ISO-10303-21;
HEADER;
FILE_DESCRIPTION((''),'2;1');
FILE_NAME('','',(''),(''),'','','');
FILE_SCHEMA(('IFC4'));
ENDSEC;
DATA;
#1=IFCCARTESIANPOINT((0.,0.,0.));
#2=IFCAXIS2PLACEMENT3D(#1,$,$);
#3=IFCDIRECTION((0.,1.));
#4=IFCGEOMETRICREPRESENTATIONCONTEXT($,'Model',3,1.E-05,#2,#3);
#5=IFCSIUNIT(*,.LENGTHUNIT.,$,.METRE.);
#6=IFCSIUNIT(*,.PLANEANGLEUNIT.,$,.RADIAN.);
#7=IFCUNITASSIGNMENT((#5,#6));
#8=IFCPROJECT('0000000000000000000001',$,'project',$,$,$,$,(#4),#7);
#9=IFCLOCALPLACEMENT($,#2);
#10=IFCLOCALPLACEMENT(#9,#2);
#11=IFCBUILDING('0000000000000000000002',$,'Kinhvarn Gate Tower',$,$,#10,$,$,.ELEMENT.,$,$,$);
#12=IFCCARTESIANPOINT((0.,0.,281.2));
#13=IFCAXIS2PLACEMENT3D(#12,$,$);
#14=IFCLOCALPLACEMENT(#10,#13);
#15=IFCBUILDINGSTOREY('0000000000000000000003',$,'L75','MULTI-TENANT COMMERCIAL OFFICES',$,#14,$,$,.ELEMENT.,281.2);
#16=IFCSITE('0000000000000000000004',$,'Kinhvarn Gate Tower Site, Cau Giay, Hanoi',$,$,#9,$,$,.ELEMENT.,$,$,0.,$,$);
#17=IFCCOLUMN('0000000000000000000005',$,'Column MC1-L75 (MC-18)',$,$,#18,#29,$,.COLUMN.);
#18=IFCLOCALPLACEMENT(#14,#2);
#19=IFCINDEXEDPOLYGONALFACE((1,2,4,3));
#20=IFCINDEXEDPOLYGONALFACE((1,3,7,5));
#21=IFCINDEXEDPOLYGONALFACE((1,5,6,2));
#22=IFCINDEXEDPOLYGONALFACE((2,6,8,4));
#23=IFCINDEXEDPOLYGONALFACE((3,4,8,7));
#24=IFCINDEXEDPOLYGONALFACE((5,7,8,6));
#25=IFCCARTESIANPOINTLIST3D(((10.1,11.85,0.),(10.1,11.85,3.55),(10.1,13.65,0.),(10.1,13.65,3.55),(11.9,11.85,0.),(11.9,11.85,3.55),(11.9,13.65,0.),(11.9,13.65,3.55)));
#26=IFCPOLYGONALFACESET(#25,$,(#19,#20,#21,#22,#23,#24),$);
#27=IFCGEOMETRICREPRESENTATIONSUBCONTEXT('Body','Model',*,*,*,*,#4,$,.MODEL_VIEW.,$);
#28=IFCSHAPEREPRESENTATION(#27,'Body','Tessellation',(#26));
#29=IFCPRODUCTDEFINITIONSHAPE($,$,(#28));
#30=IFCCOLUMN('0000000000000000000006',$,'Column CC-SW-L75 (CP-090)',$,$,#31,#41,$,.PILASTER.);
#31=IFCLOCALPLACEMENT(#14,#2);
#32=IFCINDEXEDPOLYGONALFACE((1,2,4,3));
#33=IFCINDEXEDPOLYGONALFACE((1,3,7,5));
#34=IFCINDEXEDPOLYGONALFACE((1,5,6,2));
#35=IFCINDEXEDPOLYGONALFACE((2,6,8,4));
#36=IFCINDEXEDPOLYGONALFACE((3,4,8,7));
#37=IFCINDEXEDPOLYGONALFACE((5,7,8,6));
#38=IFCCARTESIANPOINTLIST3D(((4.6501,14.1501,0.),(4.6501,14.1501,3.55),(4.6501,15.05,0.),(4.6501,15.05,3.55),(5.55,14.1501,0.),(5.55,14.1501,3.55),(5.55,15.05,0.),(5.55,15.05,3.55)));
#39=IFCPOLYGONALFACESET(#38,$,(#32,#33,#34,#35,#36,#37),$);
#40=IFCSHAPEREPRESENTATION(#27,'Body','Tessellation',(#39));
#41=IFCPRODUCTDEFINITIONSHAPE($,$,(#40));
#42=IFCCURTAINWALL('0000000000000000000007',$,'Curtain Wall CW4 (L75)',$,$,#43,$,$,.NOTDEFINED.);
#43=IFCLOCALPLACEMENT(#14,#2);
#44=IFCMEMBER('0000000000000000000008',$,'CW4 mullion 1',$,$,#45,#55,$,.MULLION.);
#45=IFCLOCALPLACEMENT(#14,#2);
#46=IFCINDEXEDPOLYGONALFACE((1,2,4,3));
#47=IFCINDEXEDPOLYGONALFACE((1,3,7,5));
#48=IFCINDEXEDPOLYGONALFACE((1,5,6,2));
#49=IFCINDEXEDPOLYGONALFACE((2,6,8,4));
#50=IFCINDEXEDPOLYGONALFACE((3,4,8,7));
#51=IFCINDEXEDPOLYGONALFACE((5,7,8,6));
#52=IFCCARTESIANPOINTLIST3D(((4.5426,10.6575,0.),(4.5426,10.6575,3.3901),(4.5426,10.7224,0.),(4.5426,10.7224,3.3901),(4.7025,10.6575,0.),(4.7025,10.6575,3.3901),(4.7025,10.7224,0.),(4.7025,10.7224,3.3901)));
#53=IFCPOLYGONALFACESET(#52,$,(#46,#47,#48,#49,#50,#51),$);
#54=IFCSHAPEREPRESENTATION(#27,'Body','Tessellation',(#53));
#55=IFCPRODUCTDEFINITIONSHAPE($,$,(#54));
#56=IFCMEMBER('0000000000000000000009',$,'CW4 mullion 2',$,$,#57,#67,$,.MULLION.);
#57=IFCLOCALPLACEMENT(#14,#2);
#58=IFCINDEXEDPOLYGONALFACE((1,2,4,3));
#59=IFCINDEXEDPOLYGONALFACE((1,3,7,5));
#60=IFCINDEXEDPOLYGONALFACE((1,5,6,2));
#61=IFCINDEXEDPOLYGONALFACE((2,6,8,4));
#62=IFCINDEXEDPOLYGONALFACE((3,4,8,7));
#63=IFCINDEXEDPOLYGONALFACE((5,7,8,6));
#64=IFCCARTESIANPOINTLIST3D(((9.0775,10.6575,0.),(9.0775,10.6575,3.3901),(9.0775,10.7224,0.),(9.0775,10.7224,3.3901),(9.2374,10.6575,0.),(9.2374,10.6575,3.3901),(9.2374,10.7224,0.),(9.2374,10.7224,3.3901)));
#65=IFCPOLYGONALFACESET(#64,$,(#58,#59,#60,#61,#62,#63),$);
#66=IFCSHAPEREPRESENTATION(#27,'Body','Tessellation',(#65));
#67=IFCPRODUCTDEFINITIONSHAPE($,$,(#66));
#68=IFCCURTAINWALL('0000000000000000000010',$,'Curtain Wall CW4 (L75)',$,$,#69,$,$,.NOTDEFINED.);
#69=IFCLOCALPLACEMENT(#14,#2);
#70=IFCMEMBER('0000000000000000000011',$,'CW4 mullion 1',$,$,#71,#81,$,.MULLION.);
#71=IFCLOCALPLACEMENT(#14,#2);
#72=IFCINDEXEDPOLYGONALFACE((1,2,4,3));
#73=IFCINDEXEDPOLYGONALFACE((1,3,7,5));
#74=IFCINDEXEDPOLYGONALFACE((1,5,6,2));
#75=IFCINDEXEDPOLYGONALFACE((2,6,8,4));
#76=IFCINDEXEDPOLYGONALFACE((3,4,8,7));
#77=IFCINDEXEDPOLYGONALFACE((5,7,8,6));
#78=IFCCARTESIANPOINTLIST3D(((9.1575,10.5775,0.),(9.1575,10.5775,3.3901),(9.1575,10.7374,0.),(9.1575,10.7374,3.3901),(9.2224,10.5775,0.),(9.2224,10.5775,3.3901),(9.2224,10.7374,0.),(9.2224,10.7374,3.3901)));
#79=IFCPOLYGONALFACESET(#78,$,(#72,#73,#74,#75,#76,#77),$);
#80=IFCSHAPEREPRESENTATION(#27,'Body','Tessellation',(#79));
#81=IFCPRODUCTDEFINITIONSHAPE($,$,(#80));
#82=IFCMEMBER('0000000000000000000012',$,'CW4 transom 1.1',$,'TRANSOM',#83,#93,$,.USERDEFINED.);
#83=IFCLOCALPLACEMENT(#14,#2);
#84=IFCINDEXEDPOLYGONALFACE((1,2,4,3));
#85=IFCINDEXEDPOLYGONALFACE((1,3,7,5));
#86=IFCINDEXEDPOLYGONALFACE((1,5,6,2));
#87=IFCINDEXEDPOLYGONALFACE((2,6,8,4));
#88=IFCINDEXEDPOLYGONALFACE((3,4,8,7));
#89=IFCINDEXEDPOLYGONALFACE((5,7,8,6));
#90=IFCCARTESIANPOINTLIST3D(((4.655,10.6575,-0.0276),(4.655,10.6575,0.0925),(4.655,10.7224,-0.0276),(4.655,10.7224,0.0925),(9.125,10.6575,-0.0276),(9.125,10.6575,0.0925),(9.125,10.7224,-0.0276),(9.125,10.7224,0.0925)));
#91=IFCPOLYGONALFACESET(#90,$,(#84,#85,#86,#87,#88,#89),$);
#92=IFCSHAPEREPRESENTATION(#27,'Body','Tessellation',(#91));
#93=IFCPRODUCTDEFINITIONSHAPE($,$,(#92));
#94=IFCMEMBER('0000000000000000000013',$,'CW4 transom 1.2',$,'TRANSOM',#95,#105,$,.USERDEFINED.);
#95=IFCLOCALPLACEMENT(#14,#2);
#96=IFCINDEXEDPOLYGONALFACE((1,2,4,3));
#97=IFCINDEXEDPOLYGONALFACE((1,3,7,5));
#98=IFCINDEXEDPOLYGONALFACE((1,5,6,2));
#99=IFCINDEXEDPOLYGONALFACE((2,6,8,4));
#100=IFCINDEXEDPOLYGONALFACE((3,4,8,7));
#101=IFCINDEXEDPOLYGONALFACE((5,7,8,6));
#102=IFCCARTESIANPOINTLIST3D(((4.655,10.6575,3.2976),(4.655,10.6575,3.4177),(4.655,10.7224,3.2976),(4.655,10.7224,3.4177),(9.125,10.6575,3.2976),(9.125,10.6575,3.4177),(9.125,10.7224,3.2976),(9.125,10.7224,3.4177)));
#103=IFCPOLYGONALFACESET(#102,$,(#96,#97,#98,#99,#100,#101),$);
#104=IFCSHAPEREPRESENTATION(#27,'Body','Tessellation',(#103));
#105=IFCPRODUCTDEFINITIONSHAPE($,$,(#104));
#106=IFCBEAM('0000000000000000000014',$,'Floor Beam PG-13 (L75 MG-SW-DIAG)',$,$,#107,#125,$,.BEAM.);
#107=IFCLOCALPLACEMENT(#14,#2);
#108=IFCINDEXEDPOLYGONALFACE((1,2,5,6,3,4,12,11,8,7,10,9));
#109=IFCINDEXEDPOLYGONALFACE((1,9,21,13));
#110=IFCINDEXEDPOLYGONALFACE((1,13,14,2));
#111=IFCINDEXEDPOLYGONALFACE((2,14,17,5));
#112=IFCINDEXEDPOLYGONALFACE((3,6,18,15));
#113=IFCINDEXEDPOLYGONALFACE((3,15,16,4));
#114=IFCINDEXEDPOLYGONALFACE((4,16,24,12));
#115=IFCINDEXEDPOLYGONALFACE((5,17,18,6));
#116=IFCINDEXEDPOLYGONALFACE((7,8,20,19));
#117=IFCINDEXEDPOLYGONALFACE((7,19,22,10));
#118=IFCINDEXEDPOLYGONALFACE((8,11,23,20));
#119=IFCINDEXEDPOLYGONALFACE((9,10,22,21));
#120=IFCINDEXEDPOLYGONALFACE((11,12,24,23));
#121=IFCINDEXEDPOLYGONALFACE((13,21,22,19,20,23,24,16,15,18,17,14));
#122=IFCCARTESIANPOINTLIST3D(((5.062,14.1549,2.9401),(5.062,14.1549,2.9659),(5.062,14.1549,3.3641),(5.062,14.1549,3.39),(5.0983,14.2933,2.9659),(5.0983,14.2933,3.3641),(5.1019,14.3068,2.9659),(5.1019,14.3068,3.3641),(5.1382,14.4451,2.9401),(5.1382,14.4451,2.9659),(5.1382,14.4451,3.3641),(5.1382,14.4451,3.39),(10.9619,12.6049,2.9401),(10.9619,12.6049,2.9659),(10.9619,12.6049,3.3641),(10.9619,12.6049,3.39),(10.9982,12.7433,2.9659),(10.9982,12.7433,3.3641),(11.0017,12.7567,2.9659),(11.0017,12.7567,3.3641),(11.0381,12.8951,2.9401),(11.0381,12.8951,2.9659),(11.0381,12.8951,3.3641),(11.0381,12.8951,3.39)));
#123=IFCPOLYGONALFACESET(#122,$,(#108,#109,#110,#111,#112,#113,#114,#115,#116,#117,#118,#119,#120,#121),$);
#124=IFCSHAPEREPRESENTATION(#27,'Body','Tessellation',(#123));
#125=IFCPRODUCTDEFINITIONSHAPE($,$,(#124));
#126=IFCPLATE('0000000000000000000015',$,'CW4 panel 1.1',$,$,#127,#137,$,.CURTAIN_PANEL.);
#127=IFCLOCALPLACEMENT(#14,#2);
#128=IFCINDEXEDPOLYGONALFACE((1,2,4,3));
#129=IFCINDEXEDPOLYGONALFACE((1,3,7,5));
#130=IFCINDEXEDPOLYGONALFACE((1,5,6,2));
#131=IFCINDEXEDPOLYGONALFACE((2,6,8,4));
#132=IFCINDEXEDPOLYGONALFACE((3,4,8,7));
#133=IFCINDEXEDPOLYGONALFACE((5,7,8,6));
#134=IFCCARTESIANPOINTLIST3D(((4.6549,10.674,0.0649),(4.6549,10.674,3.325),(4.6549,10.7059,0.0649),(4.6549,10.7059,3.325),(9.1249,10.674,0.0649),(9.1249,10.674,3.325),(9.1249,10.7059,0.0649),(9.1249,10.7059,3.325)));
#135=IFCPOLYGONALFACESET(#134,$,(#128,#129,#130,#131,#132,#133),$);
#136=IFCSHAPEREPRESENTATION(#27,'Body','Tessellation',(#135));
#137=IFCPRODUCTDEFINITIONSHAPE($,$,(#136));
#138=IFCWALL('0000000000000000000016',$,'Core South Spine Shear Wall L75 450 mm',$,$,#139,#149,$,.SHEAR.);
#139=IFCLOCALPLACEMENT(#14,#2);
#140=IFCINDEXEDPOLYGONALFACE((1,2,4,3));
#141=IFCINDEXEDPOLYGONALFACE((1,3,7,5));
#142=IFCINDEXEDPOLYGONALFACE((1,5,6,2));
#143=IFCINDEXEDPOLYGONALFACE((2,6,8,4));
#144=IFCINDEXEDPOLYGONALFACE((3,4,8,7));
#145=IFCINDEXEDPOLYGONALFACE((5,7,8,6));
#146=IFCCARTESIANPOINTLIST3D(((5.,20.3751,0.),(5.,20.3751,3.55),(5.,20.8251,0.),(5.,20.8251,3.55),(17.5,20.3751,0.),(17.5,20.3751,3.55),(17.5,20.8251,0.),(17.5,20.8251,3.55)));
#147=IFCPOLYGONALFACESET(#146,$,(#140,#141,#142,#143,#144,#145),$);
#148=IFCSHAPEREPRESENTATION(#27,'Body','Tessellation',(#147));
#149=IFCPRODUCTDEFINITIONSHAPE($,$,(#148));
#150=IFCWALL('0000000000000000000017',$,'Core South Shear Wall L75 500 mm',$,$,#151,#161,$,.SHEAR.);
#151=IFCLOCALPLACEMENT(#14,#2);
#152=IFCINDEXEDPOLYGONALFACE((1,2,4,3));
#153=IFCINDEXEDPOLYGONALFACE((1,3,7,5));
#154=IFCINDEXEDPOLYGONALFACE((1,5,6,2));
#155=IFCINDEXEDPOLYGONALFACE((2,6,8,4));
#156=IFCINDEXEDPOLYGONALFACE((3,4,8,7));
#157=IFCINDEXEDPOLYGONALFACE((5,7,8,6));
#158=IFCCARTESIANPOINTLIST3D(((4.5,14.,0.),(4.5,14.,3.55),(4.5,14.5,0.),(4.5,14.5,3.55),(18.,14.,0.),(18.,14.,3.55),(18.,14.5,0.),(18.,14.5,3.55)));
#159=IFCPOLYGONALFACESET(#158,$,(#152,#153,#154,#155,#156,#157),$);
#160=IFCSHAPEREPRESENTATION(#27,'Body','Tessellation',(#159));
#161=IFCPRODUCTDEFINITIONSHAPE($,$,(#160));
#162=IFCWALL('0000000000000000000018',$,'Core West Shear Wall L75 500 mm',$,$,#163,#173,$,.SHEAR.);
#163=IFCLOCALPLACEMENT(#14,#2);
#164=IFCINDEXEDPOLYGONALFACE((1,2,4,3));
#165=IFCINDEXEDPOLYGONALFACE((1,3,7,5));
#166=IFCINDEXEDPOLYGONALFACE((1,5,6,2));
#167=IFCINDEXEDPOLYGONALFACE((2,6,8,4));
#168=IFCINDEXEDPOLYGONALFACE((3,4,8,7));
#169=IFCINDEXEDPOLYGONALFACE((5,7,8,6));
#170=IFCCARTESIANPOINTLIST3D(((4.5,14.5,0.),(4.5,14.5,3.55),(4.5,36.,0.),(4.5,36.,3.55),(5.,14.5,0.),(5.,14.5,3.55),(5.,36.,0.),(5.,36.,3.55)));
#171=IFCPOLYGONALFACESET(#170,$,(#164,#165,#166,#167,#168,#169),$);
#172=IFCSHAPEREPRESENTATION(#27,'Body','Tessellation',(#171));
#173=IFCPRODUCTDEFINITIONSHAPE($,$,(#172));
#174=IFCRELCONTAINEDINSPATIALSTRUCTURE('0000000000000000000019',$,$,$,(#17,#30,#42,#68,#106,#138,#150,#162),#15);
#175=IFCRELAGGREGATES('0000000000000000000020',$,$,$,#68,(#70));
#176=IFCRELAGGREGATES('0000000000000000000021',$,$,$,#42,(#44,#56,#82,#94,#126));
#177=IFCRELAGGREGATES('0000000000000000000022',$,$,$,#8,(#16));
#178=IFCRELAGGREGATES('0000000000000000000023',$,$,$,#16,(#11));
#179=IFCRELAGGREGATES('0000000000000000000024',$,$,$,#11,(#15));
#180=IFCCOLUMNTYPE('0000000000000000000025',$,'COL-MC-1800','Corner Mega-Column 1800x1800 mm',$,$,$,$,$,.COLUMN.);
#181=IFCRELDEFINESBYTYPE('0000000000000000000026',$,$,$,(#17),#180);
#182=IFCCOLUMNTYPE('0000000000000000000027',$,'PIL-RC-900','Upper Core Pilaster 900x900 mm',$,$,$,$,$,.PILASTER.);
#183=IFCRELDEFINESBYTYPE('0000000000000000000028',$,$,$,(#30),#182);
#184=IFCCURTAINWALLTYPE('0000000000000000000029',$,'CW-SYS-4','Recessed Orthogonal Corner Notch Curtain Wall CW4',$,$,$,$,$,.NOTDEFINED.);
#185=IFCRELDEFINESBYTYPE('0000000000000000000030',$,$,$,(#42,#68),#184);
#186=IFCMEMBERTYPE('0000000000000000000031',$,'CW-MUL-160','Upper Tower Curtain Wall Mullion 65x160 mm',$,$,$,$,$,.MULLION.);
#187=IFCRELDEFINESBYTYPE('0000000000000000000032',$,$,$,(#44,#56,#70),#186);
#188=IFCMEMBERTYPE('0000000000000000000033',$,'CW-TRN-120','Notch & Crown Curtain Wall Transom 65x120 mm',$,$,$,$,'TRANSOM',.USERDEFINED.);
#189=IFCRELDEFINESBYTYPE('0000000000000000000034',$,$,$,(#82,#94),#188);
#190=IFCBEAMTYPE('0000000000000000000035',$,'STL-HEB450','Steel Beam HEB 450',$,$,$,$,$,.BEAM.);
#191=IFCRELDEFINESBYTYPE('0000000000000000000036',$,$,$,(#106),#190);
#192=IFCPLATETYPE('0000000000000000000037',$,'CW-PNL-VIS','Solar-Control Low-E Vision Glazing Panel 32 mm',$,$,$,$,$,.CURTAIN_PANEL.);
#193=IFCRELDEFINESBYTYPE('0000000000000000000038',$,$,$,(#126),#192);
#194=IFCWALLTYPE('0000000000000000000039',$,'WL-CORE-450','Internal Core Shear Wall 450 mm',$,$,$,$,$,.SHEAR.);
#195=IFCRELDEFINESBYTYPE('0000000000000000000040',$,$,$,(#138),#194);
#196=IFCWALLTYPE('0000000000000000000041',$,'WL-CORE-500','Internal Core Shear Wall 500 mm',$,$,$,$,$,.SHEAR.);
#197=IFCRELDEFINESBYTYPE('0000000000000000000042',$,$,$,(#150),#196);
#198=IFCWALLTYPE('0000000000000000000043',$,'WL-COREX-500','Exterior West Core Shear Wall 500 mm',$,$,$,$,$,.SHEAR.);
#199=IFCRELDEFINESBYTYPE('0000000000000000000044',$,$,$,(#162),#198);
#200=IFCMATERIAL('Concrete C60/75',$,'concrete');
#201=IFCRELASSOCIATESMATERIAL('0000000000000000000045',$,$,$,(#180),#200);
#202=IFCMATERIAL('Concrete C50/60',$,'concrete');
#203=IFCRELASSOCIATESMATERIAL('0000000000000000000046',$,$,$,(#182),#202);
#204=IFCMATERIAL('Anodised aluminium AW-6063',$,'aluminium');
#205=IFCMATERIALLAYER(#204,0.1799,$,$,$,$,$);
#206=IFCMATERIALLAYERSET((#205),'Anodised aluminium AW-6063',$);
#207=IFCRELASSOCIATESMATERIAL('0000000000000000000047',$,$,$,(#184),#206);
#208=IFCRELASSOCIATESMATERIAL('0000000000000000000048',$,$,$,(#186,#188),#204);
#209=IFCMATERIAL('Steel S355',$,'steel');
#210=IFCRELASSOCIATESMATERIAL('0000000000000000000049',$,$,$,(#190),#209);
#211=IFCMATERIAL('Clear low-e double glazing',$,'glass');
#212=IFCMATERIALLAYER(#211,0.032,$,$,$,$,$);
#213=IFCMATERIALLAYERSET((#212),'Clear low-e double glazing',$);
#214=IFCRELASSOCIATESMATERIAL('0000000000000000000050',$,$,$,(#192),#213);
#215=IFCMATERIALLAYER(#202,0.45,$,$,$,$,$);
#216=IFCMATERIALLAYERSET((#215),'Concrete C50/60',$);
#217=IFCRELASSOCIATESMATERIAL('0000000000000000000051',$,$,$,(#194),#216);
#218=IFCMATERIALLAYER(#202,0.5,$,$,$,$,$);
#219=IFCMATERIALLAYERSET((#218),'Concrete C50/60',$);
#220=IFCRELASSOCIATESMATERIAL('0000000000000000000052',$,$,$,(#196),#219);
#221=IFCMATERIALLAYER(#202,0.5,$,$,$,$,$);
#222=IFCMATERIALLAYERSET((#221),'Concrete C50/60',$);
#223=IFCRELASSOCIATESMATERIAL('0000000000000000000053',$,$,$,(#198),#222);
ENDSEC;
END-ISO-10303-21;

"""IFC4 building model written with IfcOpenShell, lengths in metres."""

from ifc_helpers import new_model, si_unit, direction, frame, frame_2d, origin, origin_2d, place, context, subcontext, project, spatial, rectangle, i_section, extrude, material, layer, layer_set, material_profile, profile_set, type_object, element, aggregate, save


model = new_model("IFC4")

# Units and contexts
model_context = context("Model", 3, precision=1e-05, world=origin(), true_north=direction((0.0, 1.0)))
body_context = subcontext(model_context, "Body", "Model", "MODEL_VIEW")
ifc_project = project(units=[si_unit("LENGTHUNIT", "METRE"), si_unit("PLANEANGLEUNIT", "RADIAN")], contexts=[model_context])

# Site, building, storey
site_placement = place(None, origin())
site = spatial("IfcSite", under=ifc_project, at=site_placement, Name="Kinhvarn Gate Tower Site, Cau Giay, Hanoi", CompositionType="ELEMENT", RefElevation=0.0)
building_placement = place(site_placement, origin())
building = spatial("IfcBuilding", under=site, at=building_placement, Name="Kinhvarn Gate Tower", CompositionType="ELEMENT")
storey_placement = place(building_placement, frame((0.0, 0.0, 281.2)))
storey = spatial("IfcBuildingStorey", under=building, at=storey_placement, Name="L75", Description="MULTI-TENANT COMMERCIAL OFFICES", CompositionType="ELEMENT", Elevation=281.2)

# Columns
ifc_material_1 = material(Name="Concrete C60/75", Category="concrete")
ifc_material_profile_1 = material_profile(ifc_material_1, rectangle(XDim=1.8, YDim=1.8, at=origin_2d()), Name="RC 1800x1800")
ifc_profile_set_1 = profile_set([ifc_material_profile_1], Name="Concrete C60/75")
column_type_1 = type_object("IfcColumnType", Name="COL-MC-1800", Description="Corner Mega-Column 1800x1800 mm", PredefinedType="COLUMN", material=ifc_profile_set_1)
column_1_placement = place(storey_placement, frame((11.0, 12.75, 0.0), z_axis=(0.0, 0.0, 1.0), x_axis=(1.0, 0.0, 0.0)))
element("IfcColumn", 1, at=column_1_placement, inside=storey, type_object=column_type_1, Name="Column MC1-L75 (MC-18)", PredefinedType="COLUMN", context=body_context, shape_type="SweptSolid", body=[
    extrude(rectangle(XDim=1.8, YDim=1.8, at=origin_2d()), origin(), (0.0, 0.0, 1.0), 3.55),
])
ifc_material_2 = material(Name="Concrete C50/60", Category="concrete")
ifc_material_profile_2 = material_profile(ifc_material_2, rectangle(XDim=0.8999, YDim=0.8999, at=origin_2d()), Name="RC 900x900")
ifc_profile_set_2 = profile_set([ifc_material_profile_2], Name="Concrete C50/60")
column_type_2 = type_object("IfcColumnType", Name="PIL-RC-900", Description="Upper Core Pilaster 900x900 mm", PredefinedType="PILASTER", material=ifc_profile_set_2)
column_2_placement = place(storey_placement, frame((5.1001, 14.6001, 0.0), z_axis=(0.0, 0.0, 1.0), x_axis=(1.0, 0.0, 0.0)))
element("IfcColumn", 2, at=column_2_placement, inside=storey, type_object=column_type_2, Name="Column CC-SW-L75 (CP-090)", PredefinedType="PILASTER", context=body_context, shape_type="SweptSolid", body=[
    extrude(rectangle(XDim=0.8999, YDim=0.8999, at=origin_2d()), origin(), (0.0, 0.0, 1.0), 3.55),
])

# Curtain wall, members
ifc_material_3 = material(Name="Anodised aluminium AW-6063", Category="aluminium")
ifc_layer_1 = layer(ifc_material_3, 0.1799)
ifc_layer_set_1 = layer_set([ifc_layer_1], Name="Anodised aluminium AW-6063")
curtain_wall_type = type_object("IfcCurtainWallType", Name="CW-SYS-4", Description="Recessed Orthogonal Corner Notch Curtain Wall CW4", PredefinedType="NOTDEFINED", material=ifc_layer_set_1)
curtain_wall_1_placement = place(storey_placement, origin())
curtain_wall_1 = element("IfcCurtainWall", 3, at=curtain_wall_1_placement, inside=storey, type_object=curtain_wall_type, Name="Curtain Wall CW4 (L75)", PredefinedType="NOTDEFINED")
ifc_material_profile_3 = material_profile(ifc_material_3, rectangle(XDim=0.0649, YDim=0.1599, at=origin_2d()), Name="ALU 65x160")
ifc_profile_set_3 = profile_set([ifc_material_profile_3], Name="Anodised aluminium AW-6063")
member_type_1 = type_object("IfcMemberType", Name="CW-MUL-160", Description="Upper Tower Curtain Wall Mullion 65x160 mm", PredefinedType="MULLION", material=ifc_profile_set_3)
member_1_placement = place(storey_placement, frame((4.6226, 10.6899, 0.0), z_axis=(0.0, 0.0, 1.0), x_axis=(0.0, 1.0, 0.0)))
member_1 = element("IfcMember", 4, at=member_1_placement, type_object=member_type_1, Name="CW4 mullion 1", PredefinedType="MULLION", context=body_context, shape_type="SweptSolid", body=[
    extrude(rectangle(XDim=0.0649, YDim=0.1599, at=origin_2d()), origin(), (0.0, 0.0, 1.0), 3.3901),
])
member_2_placement = place(storey_placement, frame((9.1575, 10.6899, 0.0), z_axis=(0.0, 0.0, 1.0), x_axis=(0.0, 1.0, 0.0)))
member_2 = element("IfcMember", 5, at=member_2_placement, type_object=member_type_1, Name="CW4 mullion 2", PredefinedType="MULLION", context=body_context, shape_type="SweptSolid", body=[
    extrude(rectangle(XDim=0.0649, YDim=0.1599, at=origin_2d()), origin(), (0.0, 0.0, 1.0), 3.3901),
])

# Curtain wall, member
curtain_wall_2_placement = place(storey_placement, origin())
curtain_wall_2 = element("IfcCurtainWall", 6, at=curtain_wall_2_placement, inside=storey, type_object=curtain_wall_type, Name="Curtain Wall CW4 (L75)", PredefinedType="NOTDEFINED")
member_3_placement = place(storey_placement, frame((9.1899, 10.6575, 0.0), z_axis=(0.0, 0.0, 1.0), x_axis=(1.0, 0.0, 0.0)))
member_3 = element("IfcMember", 7, at=member_3_placement, type_object=member_type_1, Name="CW4 mullion 1", PredefinedType="MULLION", context=body_context, shape_type="SweptSolid", body=[
    extrude(rectangle(XDim=0.0649, YDim=0.1599, at=origin_2d()), origin(), (0.0, 0.0, 1.0), 3.3901),
])
aggregate(curtain_wall_2, [member_3])

# Members
ifc_material_profile_4 = material_profile(ifc_material_3, rectangle(XDim=0.0649, YDim=0.1201, at=origin_2d()), Name="ALU 65x120")
ifc_profile_set_4 = profile_set([ifc_material_profile_4], Name="Anodised aluminium AW-6063")
member_type_2 = type_object("IfcMemberType", Name="CW-TRN-120", Description="Notch & Crown Curtain Wall Transom 65x120 mm", ElementType="TRANSOM", PredefinedType="USERDEFINED", material=ifc_profile_set_4)
member_4_placement = place(storey_placement, frame((4.655, 10.6899, 0.0325), z_axis=(1.0, 0.0, 0.0), x_axis=(0.0, 1.0, 0.0)))
member_4 = element("IfcMember", 8, at=member_4_placement, type_object=member_type_2, Name="CW4 transom 1.1", ObjectType="TRANSOM", PredefinedType="USERDEFINED", context=body_context, shape_type="SweptSolid", body=[
    extrude(rectangle(XDim=0.0649, YDim=0.1201, at=origin_2d()), origin(), (0.0, 0.0, 1.0), 4.47),
])
member_5_placement = place(storey_placement, frame((4.655, 10.6899, 3.3577), z_axis=(1.0, 0.0, 0.0), x_axis=(0.0, 1.0, 0.0)))
member_5 = element("IfcMember", 9, at=member_5_placement, type_object=member_type_2, Name="CW4 transom 1.2", ObjectType="TRANSOM", PredefinedType="USERDEFINED", context=body_context, shape_type="SweptSolid", body=[
    extrude(rectangle(XDim=0.0649, YDim=0.1201, at=origin_2d()), origin(), (0.0, 0.0, 1.0), 4.47),
])

# Beam
ifc_material_4 = material(Name="Steel S355", Category="steel")
ifc_material_profile_5 = material_profile(ifc_material_4, i_section(OverallWidth=0.3, OverallDepth=0.45, WebThickness=0.0139, FlangeThickness=0.0259, at=origin_2d()), Name="HEB 450")
ifc_profile_set_5 = profile_set([ifc_material_profile_5], Name="Steel S355")
beam_type = type_object("IfcBeamType", Name="STL-HEB450", Description="Steel Beam HEB 450", PredefinedType="BEAM", material=ifc_profile_set_5)
beam_placement = place(storey_placement, frame((5.1001, 14.3, 3.165), z_axis=(0.967178, -0.254101, 0.0), x_axis=(0.254101, 0.967178, 0.0)))
element("IfcBeam", 10, at=beam_placement, inside=storey, type_object=beam_type, Name="Floor Beam PG-13 (L75 MG-SW-DIAG)", PredefinedType="BEAM", context=body_context, shape_type="SweptSolid", body=[
    extrude(i_section(OverallWidth=0.3, OverallDepth=0.45, WebThickness=0.0139, FlangeThickness=0.0259, at=origin_2d()), origin(), (0.0, 0.0, 1.0), 6.1001),
])

# Plate
ifc_material_5 = material(Name="Clear low-e double glazing", Category="glass")
ifc_layer_2 = layer(ifc_material_5, 0.032)
ifc_layer_set_2 = layer_set([ifc_layer_2], Name="Clear low-e double glazing")
plate_type = type_object("IfcPlateType", Name="CW-PNL-VIS", Description="Solar-Control Low-E Vision Glazing Panel 32 mm", PredefinedType="CURTAIN_PANEL", material=ifc_layer_set_2)
plate_placement = place(storey_placement, frame((6.8899, 10.6899, 0.0649), z_axis=(0.0, 0.0, 1.0), x_axis=(1.0, 0.0, 0.0)))
plate = element("IfcPlate", 11, at=plate_placement, type_object=plate_type, Name="CW4 panel 1.1", PredefinedType="CURTAIN_PANEL", context=body_context, shape_type="SweptSolid", body=[
    extrude(rectangle(XDim=4.47, YDim=0.032, at=origin_2d()), origin(), (0.0, 0.0, 1.0), 3.26),
])
aggregate(curtain_wall_1, [member_1, member_2, member_4, member_5, plate])

# Walls
ifc_layer_3 = layer(ifc_material_2, 0.45)
ifc_layer_set_3 = layer_set([ifc_layer_3], Name="Concrete C50/60")
wall_type_1 = type_object("IfcWallType", Name="WL-CORE-450", Description="Internal Core Shear Wall 450 mm", PredefinedType="SHEAR", material=ifc_layer_set_3)
wall_1_placement = place(storey_placement, frame((5.0, 20.6001, 0.0), z_axis=(0.0, 0.0, 1.0), x_axis=(1.0, 0.0, 0.0)))
element("IfcWall", 12, at=wall_1_placement, inside=storey, type_object=wall_type_1, Name="Core South Spine Shear Wall L75 450 mm", PredefinedType="SHEAR", context=body_context, shape_type="SweptSolid", body=[
    extrude(rectangle(XDim=12.5, YDim=0.45, at=frame_2d((6.25, 0.0))), origin(), (0.0, 0.0, 1.0), 3.55),
])
ifc_layer_4 = layer(ifc_material_2, 0.5)
ifc_layer_set_4 = layer_set([ifc_layer_4], Name="Concrete C50/60")
wall_type_2 = type_object("IfcWallType", Name="WL-CORE-500", Description="Internal Core Shear Wall 500 mm", PredefinedType="SHEAR", material=ifc_layer_set_4)
wall_2_placement = place(storey_placement, frame((4.5, 14.25, 0.0), z_axis=(0.0, 0.0, 1.0), x_axis=(1.0, 0.0, 0.0)))
element("IfcWall", 13, at=wall_2_placement, inside=storey, type_object=wall_type_2, Name="Core South Shear Wall L75 500 mm", PredefinedType="SHEAR", context=body_context, shape_type="SweptSolid", body=[
    extrude(rectangle(XDim=13.5, YDim=0.5, at=frame_2d((6.75, 0.0))), origin(), (0.0, 0.0, 1.0), 3.55),
])
ifc_layer_5 = layer(ifc_material_2, 0.5)
ifc_layer_set_5 = layer_set([ifc_layer_5], Name="Concrete C50/60")
wall_type_3 = type_object("IfcWallType", Name="WL-COREX-500", Description="Exterior West Core Shear Wall 500 mm", PredefinedType="SHEAR", material=ifc_layer_set_5)
wall_3_placement = place(storey_placement, frame((4.75, 14.5, 0.0), z_axis=(0.0, 0.0, 1.0), x_axis=(0.0, 1.0, 0.0)))
element("IfcWall", 14, at=wall_3_placement, inside=storey, type_object=wall_type_3, Name="Core West Shear Wall L75 500 mm", PredefinedType="SHEAR", context=body_context, shape_type="SweptSolid", body=[
    extrude(rectangle(XDim=21.5, YDim=0.5, at=frame_2d((10.75, 0.0))), origin(), (0.0, 0.0, 1.0), 3.55),
])

save(model, "model.ifc")
